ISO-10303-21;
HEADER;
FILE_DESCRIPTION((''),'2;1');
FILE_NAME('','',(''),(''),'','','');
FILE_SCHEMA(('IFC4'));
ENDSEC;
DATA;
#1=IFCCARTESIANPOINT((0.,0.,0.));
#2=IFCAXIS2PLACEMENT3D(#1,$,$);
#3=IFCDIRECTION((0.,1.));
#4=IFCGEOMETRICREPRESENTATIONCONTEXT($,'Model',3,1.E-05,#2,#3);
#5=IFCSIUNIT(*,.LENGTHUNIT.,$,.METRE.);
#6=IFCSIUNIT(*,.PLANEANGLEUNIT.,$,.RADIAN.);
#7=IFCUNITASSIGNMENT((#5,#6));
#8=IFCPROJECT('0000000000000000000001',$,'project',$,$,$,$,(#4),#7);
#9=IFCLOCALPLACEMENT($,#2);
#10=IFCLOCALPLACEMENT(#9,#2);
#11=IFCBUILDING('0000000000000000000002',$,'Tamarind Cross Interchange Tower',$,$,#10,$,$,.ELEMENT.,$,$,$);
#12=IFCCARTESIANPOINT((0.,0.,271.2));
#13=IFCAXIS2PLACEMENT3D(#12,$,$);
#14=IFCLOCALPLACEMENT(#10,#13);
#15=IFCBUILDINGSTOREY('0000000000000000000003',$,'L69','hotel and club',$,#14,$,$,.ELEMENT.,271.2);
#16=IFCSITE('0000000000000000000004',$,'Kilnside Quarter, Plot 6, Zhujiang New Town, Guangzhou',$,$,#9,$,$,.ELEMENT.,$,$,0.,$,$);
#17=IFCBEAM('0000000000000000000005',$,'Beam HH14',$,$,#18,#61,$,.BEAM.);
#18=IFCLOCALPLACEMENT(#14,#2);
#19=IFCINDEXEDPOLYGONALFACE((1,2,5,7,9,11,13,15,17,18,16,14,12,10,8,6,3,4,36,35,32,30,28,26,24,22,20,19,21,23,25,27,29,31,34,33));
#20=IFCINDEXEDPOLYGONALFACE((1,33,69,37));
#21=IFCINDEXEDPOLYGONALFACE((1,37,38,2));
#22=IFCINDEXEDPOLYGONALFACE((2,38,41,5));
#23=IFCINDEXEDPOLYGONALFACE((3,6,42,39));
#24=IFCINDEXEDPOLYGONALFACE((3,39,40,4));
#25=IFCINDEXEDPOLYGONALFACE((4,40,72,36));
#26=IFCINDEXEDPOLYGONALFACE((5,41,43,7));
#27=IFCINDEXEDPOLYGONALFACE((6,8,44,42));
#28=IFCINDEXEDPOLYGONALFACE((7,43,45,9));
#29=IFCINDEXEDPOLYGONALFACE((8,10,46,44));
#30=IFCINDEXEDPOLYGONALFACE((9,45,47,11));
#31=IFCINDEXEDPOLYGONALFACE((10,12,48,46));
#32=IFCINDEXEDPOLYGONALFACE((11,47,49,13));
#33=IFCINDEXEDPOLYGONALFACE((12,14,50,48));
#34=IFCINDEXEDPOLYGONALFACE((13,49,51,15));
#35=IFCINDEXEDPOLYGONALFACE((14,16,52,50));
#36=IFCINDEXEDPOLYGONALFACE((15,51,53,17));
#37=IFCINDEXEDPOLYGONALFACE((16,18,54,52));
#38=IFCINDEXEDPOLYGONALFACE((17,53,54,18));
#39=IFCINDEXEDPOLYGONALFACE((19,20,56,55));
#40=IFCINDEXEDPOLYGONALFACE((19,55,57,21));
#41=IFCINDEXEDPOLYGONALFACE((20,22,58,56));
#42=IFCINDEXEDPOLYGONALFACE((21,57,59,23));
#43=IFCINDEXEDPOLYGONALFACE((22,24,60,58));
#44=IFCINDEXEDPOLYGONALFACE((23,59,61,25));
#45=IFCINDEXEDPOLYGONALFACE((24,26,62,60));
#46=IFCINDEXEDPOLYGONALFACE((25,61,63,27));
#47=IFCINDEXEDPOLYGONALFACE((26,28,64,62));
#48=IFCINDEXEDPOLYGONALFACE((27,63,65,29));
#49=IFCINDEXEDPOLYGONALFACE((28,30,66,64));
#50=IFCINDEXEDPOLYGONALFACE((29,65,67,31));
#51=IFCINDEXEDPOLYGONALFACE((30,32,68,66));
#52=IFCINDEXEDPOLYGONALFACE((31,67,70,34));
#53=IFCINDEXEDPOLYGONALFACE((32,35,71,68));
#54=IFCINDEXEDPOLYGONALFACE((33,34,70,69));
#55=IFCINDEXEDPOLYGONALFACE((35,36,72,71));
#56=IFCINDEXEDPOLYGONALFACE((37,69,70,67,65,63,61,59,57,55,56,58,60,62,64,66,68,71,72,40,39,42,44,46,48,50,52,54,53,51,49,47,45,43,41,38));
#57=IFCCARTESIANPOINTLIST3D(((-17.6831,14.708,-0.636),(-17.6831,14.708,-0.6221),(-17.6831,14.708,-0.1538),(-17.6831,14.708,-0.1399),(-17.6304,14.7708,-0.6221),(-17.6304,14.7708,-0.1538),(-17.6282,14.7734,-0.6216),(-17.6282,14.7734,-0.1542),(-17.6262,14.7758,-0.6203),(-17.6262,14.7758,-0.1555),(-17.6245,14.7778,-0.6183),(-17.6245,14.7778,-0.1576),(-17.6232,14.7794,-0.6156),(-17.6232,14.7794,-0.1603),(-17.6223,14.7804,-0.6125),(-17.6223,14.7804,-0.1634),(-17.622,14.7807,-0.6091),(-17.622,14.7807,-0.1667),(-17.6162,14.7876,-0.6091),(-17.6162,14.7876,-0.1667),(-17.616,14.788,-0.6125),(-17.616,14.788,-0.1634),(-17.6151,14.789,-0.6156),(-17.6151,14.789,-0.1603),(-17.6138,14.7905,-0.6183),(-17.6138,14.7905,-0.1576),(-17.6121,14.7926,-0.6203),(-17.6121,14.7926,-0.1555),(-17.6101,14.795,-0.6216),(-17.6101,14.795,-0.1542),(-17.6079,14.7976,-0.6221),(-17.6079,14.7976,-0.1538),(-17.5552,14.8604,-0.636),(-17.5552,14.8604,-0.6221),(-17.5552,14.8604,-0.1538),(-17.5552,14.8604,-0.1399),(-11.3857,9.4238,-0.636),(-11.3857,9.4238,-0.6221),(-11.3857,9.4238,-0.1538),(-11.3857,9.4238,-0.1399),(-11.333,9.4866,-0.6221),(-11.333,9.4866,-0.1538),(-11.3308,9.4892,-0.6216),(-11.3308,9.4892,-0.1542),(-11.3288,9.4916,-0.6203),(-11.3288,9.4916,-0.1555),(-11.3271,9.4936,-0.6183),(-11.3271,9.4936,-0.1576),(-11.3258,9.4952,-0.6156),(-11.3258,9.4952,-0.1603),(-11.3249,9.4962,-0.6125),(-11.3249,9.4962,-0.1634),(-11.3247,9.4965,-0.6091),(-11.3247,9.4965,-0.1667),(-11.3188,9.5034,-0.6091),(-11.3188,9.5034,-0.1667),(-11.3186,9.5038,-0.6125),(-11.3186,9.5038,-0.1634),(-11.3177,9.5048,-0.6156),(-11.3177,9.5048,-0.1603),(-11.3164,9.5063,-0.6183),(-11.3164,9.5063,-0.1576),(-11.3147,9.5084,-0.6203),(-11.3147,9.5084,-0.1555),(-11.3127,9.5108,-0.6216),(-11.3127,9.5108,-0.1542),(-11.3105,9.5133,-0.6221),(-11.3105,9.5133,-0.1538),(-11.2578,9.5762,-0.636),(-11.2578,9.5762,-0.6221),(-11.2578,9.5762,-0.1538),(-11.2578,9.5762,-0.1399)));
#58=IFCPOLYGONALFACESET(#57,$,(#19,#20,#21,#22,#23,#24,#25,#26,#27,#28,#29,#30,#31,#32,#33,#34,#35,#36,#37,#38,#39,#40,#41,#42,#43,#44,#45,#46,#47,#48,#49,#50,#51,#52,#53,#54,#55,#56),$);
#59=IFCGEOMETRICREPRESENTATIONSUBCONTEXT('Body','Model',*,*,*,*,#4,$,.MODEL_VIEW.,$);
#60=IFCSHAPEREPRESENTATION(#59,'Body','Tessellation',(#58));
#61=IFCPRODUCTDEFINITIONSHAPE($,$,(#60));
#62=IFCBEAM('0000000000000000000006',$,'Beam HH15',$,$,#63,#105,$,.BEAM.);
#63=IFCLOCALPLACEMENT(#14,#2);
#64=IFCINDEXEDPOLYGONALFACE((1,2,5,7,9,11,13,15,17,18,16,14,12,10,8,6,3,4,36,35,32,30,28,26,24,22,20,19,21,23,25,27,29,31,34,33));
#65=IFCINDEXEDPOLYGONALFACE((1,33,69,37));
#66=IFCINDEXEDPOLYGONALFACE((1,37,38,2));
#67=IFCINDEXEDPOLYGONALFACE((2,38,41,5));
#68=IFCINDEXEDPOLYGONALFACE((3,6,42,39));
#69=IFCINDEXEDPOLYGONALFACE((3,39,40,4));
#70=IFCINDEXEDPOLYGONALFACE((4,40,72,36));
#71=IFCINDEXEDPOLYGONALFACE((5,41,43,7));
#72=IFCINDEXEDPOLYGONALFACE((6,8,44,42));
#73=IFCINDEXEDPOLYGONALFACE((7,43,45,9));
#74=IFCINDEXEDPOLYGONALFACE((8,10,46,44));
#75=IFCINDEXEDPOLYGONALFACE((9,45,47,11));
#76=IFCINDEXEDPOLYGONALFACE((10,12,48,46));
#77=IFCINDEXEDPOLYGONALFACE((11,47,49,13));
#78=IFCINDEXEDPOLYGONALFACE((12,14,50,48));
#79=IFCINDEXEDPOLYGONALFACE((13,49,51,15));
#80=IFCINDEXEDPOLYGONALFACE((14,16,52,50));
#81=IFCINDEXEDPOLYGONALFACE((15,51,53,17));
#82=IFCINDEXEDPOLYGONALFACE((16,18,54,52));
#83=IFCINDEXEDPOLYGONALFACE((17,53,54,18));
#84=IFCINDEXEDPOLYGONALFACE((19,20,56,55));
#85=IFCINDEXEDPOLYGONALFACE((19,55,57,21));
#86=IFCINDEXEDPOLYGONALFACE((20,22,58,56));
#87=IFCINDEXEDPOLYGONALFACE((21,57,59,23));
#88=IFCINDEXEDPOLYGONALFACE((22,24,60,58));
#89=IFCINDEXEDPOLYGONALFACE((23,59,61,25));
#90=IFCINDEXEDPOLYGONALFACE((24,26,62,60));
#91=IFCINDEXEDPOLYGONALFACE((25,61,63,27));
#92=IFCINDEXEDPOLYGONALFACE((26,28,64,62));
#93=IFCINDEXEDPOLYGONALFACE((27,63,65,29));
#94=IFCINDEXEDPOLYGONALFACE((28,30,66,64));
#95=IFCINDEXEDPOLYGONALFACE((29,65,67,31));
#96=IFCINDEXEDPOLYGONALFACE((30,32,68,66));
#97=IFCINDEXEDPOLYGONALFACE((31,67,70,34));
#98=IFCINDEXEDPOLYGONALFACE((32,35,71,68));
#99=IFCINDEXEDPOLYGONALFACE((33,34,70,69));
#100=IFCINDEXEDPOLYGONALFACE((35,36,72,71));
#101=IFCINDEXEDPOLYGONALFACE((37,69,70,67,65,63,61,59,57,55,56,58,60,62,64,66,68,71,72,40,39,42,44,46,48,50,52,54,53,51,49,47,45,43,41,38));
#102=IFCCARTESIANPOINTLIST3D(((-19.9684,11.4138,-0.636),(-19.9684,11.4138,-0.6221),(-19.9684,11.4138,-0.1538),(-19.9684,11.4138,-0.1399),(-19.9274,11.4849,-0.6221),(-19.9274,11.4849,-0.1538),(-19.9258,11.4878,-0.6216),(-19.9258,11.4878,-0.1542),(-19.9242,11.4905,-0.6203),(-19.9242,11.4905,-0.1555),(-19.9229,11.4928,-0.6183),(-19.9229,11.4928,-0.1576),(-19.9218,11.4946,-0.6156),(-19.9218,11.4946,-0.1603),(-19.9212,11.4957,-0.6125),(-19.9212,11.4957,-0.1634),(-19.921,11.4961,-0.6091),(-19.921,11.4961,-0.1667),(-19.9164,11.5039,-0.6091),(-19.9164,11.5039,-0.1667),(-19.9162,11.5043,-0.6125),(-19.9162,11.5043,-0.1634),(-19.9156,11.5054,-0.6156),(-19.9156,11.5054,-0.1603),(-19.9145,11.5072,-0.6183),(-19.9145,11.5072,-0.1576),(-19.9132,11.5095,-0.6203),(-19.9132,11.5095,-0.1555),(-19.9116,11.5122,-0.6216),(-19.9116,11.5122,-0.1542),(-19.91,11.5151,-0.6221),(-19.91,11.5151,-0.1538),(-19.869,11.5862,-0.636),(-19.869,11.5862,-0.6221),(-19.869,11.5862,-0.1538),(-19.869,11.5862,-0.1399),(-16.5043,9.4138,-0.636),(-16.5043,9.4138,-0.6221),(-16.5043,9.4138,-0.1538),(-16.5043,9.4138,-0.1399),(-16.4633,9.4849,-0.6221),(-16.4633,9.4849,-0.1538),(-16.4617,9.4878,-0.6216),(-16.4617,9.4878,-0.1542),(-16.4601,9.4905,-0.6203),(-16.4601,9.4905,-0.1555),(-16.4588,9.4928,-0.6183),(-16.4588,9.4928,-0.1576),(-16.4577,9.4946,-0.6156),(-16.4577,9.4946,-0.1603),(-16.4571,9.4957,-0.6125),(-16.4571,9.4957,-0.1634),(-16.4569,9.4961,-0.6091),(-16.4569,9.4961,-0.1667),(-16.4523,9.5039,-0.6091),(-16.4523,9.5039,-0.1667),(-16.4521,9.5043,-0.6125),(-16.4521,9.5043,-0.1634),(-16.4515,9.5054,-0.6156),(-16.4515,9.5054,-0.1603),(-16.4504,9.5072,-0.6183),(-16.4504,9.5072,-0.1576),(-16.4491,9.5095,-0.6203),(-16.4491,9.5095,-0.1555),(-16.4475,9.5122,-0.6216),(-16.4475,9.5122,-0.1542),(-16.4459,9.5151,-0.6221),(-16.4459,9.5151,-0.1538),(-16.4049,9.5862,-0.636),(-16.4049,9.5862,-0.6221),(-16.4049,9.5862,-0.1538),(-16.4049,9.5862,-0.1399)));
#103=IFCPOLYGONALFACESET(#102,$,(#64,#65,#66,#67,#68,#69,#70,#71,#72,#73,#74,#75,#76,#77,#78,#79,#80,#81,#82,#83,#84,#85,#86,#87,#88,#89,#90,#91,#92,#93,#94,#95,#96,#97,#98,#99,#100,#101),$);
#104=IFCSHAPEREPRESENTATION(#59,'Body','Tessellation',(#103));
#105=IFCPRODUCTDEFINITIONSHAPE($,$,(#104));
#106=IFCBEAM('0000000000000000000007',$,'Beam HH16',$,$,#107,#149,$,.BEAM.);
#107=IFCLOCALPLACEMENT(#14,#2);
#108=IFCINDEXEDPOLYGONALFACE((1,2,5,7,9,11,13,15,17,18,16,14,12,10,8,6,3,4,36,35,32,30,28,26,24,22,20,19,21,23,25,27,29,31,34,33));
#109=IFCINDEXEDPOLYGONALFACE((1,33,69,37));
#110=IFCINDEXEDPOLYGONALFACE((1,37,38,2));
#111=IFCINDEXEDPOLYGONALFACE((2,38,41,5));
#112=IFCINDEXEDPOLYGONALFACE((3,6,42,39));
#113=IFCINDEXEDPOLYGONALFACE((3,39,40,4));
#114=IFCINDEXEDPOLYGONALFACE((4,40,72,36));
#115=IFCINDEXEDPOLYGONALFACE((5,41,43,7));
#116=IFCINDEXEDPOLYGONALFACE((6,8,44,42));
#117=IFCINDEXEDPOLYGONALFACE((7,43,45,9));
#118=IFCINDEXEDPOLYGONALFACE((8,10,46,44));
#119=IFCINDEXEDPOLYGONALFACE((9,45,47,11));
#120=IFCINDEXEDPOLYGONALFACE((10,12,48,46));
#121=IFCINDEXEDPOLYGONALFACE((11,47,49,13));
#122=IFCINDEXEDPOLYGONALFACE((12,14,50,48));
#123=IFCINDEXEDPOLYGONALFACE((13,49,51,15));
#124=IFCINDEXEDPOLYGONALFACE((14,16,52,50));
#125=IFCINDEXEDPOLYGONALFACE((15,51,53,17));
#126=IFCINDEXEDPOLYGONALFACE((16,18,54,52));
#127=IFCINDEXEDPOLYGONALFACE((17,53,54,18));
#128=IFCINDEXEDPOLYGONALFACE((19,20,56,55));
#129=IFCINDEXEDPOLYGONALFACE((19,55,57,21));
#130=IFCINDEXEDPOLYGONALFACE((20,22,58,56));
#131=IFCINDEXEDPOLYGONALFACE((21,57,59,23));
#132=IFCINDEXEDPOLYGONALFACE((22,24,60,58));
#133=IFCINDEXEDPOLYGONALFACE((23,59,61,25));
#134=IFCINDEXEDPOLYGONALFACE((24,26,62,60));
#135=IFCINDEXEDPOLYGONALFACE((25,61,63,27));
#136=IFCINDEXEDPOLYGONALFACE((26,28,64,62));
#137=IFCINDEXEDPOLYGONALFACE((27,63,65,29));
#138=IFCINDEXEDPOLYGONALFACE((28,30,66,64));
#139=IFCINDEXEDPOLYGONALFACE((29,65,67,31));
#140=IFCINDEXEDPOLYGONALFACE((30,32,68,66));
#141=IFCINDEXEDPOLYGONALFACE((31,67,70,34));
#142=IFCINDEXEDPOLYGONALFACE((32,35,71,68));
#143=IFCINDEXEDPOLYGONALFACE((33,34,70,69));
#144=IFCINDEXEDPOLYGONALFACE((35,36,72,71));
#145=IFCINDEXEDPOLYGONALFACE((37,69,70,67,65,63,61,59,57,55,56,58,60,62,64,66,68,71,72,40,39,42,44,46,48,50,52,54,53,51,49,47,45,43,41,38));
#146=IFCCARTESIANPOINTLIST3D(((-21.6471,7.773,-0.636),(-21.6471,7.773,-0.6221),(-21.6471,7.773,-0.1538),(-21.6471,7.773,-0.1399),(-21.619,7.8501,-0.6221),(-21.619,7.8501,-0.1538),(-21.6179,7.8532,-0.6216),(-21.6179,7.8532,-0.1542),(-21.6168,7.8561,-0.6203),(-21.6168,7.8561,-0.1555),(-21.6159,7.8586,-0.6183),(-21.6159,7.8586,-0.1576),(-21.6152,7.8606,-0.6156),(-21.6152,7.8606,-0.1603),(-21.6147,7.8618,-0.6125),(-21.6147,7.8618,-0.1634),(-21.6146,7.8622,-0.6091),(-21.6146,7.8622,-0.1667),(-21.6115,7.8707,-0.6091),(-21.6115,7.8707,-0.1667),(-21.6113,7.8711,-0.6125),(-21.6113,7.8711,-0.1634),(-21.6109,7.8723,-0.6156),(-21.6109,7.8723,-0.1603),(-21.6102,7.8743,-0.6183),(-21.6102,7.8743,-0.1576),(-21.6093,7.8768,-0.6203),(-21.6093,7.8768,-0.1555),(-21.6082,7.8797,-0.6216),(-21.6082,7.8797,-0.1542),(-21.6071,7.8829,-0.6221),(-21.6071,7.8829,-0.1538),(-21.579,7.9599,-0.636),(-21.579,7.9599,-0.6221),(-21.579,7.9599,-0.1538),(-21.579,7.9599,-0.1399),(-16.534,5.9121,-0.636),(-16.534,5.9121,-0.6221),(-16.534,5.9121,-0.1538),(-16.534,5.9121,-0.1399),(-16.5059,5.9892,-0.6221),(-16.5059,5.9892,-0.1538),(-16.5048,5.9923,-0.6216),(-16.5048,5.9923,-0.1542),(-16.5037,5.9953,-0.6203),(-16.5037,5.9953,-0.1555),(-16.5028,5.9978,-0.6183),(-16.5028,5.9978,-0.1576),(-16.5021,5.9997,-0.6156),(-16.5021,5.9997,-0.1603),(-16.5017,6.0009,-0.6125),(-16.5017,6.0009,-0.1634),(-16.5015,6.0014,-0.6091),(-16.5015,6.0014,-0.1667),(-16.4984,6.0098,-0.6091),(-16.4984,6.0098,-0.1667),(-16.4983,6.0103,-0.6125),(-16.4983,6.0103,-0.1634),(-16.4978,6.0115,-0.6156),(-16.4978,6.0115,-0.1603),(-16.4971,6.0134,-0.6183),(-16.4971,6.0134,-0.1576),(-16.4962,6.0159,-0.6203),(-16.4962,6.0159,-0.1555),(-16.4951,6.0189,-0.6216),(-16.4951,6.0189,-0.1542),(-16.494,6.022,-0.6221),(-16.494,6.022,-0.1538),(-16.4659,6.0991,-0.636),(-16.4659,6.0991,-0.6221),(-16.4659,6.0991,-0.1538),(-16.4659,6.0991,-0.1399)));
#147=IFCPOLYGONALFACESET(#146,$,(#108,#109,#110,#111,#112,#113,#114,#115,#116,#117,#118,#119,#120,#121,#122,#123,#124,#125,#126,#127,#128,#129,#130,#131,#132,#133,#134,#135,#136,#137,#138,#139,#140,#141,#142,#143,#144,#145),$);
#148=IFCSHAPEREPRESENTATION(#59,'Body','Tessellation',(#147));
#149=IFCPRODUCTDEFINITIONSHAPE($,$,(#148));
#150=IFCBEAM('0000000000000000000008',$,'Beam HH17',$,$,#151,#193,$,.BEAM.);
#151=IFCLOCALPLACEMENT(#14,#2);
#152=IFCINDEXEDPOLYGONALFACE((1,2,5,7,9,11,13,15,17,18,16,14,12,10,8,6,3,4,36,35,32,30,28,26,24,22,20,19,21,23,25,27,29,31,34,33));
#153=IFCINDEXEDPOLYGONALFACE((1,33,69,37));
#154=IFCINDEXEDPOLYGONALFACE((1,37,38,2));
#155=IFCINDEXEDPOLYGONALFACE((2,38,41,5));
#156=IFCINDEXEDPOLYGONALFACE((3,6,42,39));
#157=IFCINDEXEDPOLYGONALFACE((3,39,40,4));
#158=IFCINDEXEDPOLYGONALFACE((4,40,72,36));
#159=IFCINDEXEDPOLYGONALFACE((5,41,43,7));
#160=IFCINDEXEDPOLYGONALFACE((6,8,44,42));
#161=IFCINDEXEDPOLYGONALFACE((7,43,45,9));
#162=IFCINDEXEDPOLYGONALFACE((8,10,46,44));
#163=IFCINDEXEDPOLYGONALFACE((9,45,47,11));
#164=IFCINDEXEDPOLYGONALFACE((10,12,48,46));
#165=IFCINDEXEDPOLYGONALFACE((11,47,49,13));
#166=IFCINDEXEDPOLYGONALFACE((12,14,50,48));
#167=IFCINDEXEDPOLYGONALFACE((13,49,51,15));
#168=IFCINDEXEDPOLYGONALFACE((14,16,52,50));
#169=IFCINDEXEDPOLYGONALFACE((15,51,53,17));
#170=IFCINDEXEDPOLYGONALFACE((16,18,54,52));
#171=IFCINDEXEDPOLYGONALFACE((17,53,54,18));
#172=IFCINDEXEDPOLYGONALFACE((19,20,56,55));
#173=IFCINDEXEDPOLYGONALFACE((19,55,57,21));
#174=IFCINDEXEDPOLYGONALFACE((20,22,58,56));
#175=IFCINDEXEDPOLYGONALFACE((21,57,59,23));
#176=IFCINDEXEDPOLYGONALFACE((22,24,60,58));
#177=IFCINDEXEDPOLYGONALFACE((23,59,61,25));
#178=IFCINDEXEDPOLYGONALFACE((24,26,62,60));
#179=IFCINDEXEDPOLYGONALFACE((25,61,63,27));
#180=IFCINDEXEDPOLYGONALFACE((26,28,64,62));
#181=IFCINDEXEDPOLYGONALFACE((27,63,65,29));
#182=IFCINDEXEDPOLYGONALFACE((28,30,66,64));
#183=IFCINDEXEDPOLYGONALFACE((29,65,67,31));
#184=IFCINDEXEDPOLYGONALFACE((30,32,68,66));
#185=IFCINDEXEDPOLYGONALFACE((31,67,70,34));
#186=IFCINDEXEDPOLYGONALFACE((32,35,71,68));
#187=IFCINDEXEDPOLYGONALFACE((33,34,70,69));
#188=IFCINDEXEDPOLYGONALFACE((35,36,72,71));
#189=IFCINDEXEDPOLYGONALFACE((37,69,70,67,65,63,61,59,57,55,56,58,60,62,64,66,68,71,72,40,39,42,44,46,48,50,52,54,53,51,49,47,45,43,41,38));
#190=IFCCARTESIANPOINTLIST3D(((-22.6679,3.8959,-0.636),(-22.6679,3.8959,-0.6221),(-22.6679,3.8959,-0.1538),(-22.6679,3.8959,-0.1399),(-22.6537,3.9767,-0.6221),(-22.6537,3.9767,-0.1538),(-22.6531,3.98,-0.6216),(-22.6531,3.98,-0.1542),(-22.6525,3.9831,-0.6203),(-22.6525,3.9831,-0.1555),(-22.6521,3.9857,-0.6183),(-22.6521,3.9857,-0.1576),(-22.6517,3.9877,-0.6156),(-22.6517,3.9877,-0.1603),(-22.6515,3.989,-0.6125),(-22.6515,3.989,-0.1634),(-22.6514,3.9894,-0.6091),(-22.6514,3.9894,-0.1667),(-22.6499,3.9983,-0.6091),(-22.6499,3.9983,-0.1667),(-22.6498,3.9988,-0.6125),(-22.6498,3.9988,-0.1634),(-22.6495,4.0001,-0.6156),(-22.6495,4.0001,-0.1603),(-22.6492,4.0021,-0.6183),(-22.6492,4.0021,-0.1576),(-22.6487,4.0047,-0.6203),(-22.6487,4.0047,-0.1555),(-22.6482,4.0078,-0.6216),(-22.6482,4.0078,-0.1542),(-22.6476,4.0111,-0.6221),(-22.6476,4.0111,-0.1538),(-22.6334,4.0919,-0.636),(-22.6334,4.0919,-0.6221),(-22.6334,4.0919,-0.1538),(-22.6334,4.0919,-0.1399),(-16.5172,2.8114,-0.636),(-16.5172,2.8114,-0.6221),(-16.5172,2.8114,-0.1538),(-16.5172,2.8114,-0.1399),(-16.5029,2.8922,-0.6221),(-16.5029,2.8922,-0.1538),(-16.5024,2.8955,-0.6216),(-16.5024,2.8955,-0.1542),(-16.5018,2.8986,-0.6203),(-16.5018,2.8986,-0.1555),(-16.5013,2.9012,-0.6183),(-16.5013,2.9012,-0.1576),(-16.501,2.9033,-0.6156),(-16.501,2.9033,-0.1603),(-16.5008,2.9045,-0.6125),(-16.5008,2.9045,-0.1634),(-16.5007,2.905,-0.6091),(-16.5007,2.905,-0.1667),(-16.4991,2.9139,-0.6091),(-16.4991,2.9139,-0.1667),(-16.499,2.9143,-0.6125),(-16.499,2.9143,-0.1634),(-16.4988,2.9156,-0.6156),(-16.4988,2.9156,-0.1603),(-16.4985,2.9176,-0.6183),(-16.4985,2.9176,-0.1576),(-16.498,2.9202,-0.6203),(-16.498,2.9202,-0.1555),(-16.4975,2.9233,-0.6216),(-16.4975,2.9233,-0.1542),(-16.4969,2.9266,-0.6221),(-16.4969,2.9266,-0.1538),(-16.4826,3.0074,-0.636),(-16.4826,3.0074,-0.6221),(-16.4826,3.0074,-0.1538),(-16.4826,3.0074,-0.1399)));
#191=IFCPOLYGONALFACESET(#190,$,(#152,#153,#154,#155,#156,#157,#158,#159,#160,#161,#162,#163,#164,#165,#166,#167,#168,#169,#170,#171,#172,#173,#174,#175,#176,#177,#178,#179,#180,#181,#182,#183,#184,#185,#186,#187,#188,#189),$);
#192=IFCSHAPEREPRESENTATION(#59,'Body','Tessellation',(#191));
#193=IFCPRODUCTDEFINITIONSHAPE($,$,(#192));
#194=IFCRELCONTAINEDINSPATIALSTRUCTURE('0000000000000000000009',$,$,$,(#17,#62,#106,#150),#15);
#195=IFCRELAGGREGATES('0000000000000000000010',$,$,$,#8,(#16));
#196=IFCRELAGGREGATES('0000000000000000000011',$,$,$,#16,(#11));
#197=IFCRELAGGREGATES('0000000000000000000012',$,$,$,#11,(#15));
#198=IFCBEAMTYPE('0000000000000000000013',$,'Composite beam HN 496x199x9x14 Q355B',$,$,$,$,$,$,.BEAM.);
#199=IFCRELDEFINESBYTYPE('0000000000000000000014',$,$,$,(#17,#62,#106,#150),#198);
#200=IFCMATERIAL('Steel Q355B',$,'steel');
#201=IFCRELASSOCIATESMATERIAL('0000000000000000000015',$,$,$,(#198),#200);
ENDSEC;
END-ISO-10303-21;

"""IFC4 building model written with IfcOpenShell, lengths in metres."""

from ifc_helpers import new_model, si_unit, direction, frame, origin, origin_2d, place, context, subcontext, project, spatial, i_section, extrude, material, material_profile, profile_set, type_object, element, save


model = new_model("IFC4")

# Units and contexts
model_context = context("Model", 3, precision=1e-05, world=origin(), true_north=direction((0.0, 1.0)))
body_context = subcontext(model_context, "Body", "Model", "MODEL_VIEW")
ifc_project = project(units=[si_unit("LENGTHUNIT", "METRE"), si_unit("PLANEANGLEUNIT", "RADIAN")], contexts=[model_context])

# Site, building, storey
site_placement = place(None, origin())
site = spatial("IfcSite", under=ifc_project, at=site_placement, Name="Kilnside Quarter, Plot 6, Zhujiang New Town, Guangzhou", CompositionType="ELEMENT", RefElevation=0.0)
building_placement = place(site_placement, origin())
building = spatial("IfcBuilding", under=site, at=building_placement, Name="Tamarind Cross Interchange Tower", CompositionType="ELEMENT")
storey_placement = place(building_placement, frame((0.0, 0.0, 271.2)))
storey = spatial("IfcBuildingStorey", under=building, at=storey_placement, Name="L69", Description="hotel and club", CompositionType="ELEMENT", Elevation=271.2)

# Beams
ifc_material_1 = material(Name="Steel Q355B", Category="steel")
ifc_material_profile_1 = material_profile(ifc_material_1, i_section(OverallWidth=0.199, OverallDepth=0.4961, WebThickness=0.009, FlangeThickness=0.0139, FilletRadius=0.0129, at=origin_2d()), Name="HN 496x199x9x14")
ifc_profile_set_1 = profile_set([ifc_material_profile_1], Name="Steel Q355B")
beam_type = type_object("IfcBeamType", Name="Composite beam HN 496x199x9x14 Q355B", PredefinedType="BEAM", material=ifc_profile_set_1)
beam_1_placement = place(storey_placement, frame((-17.6191, 14.7842, -0.3879), z_axis=(0.766041, -0.642792, 0.0), x_axis=(0.642792, 0.766041, 0.0)))
element("IfcBeam", 1, at=beam_1_placement, inside=storey, type_object=beam_type, Name="Beam HH14", PredefinedType="BEAM", context=body_context, shape_type="SweptSolid", body=[
    extrude(i_section(OverallWidth=0.199, OverallDepth=0.4961, WebThickness=0.009, FlangeThickness=0.0139, FilletRadius=0.0129, at=origin_2d()), origin(), (0.0, 0.0, 1.0), 8.2207),
])
beam_2_placement = place(storey_placement, frame((-19.9187, 11.5, -0.3879), z_axis=(0.866026, -0.499999, 0.0), x_axis=(0.499999, 0.866026, 0.0)))
element("IfcBeam", 2, at=beam_2_placement, inside=storey, type_object=beam_type, Name="Beam HH15", PredefinedType="BEAM", context=body_context, shape_type="SweptSolid", body=[
    extrude(i_section(OverallWidth=0.199, OverallDepth=0.4961, WebThickness=0.009, FlangeThickness=0.0139, FilletRadius=0.0129, at=origin_2d()), origin(), (0.0, 0.0, 1.0), 4.0),
])
beam_3_placement = place(storey_placement, frame((-21.613, 7.8665, -0.3879), z_axis=(0.939702, -0.341995, 0.0), x_axis=(0.341995, 0.939702, 0.0)))
element("IfcBeam", 3, at=beam_3_placement, inside=storey, type_object=beam_type, Name="Beam HH16", PredefinedType="BEAM", context=body_context, shape_type="SweptSolid", body=[
    extrude(i_section(OverallWidth=0.199, OverallDepth=0.4961, WebThickness=0.009, FlangeThickness=0.0139, FilletRadius=0.0129, at=origin_2d()), origin(), (0.0, 0.0, 1.0), 5.4412),
])
beam_4_placement = place(storey_placement, frame((-22.6506, 3.9939, -0.3879), z_axis=(0.984809, -0.17364, 0.0), x_axis=(0.17364, 0.984809, 0.0)))
element("IfcBeam", 4, at=beam_4_placement, inside=storey, type_object=beam_type, Name="Beam HH17", PredefinedType="BEAM", context=body_context, shape_type="SweptSolid", body=[
    extrude(i_section(OverallWidth=0.199, OverallDepth=0.4961, WebThickness=0.009, FlangeThickness=0.0139, FilletRadius=0.0129, at=origin_2d()), origin(), (0.0, 0.0, 1.0), 6.2456),
])

save(model, "model.ifc")
